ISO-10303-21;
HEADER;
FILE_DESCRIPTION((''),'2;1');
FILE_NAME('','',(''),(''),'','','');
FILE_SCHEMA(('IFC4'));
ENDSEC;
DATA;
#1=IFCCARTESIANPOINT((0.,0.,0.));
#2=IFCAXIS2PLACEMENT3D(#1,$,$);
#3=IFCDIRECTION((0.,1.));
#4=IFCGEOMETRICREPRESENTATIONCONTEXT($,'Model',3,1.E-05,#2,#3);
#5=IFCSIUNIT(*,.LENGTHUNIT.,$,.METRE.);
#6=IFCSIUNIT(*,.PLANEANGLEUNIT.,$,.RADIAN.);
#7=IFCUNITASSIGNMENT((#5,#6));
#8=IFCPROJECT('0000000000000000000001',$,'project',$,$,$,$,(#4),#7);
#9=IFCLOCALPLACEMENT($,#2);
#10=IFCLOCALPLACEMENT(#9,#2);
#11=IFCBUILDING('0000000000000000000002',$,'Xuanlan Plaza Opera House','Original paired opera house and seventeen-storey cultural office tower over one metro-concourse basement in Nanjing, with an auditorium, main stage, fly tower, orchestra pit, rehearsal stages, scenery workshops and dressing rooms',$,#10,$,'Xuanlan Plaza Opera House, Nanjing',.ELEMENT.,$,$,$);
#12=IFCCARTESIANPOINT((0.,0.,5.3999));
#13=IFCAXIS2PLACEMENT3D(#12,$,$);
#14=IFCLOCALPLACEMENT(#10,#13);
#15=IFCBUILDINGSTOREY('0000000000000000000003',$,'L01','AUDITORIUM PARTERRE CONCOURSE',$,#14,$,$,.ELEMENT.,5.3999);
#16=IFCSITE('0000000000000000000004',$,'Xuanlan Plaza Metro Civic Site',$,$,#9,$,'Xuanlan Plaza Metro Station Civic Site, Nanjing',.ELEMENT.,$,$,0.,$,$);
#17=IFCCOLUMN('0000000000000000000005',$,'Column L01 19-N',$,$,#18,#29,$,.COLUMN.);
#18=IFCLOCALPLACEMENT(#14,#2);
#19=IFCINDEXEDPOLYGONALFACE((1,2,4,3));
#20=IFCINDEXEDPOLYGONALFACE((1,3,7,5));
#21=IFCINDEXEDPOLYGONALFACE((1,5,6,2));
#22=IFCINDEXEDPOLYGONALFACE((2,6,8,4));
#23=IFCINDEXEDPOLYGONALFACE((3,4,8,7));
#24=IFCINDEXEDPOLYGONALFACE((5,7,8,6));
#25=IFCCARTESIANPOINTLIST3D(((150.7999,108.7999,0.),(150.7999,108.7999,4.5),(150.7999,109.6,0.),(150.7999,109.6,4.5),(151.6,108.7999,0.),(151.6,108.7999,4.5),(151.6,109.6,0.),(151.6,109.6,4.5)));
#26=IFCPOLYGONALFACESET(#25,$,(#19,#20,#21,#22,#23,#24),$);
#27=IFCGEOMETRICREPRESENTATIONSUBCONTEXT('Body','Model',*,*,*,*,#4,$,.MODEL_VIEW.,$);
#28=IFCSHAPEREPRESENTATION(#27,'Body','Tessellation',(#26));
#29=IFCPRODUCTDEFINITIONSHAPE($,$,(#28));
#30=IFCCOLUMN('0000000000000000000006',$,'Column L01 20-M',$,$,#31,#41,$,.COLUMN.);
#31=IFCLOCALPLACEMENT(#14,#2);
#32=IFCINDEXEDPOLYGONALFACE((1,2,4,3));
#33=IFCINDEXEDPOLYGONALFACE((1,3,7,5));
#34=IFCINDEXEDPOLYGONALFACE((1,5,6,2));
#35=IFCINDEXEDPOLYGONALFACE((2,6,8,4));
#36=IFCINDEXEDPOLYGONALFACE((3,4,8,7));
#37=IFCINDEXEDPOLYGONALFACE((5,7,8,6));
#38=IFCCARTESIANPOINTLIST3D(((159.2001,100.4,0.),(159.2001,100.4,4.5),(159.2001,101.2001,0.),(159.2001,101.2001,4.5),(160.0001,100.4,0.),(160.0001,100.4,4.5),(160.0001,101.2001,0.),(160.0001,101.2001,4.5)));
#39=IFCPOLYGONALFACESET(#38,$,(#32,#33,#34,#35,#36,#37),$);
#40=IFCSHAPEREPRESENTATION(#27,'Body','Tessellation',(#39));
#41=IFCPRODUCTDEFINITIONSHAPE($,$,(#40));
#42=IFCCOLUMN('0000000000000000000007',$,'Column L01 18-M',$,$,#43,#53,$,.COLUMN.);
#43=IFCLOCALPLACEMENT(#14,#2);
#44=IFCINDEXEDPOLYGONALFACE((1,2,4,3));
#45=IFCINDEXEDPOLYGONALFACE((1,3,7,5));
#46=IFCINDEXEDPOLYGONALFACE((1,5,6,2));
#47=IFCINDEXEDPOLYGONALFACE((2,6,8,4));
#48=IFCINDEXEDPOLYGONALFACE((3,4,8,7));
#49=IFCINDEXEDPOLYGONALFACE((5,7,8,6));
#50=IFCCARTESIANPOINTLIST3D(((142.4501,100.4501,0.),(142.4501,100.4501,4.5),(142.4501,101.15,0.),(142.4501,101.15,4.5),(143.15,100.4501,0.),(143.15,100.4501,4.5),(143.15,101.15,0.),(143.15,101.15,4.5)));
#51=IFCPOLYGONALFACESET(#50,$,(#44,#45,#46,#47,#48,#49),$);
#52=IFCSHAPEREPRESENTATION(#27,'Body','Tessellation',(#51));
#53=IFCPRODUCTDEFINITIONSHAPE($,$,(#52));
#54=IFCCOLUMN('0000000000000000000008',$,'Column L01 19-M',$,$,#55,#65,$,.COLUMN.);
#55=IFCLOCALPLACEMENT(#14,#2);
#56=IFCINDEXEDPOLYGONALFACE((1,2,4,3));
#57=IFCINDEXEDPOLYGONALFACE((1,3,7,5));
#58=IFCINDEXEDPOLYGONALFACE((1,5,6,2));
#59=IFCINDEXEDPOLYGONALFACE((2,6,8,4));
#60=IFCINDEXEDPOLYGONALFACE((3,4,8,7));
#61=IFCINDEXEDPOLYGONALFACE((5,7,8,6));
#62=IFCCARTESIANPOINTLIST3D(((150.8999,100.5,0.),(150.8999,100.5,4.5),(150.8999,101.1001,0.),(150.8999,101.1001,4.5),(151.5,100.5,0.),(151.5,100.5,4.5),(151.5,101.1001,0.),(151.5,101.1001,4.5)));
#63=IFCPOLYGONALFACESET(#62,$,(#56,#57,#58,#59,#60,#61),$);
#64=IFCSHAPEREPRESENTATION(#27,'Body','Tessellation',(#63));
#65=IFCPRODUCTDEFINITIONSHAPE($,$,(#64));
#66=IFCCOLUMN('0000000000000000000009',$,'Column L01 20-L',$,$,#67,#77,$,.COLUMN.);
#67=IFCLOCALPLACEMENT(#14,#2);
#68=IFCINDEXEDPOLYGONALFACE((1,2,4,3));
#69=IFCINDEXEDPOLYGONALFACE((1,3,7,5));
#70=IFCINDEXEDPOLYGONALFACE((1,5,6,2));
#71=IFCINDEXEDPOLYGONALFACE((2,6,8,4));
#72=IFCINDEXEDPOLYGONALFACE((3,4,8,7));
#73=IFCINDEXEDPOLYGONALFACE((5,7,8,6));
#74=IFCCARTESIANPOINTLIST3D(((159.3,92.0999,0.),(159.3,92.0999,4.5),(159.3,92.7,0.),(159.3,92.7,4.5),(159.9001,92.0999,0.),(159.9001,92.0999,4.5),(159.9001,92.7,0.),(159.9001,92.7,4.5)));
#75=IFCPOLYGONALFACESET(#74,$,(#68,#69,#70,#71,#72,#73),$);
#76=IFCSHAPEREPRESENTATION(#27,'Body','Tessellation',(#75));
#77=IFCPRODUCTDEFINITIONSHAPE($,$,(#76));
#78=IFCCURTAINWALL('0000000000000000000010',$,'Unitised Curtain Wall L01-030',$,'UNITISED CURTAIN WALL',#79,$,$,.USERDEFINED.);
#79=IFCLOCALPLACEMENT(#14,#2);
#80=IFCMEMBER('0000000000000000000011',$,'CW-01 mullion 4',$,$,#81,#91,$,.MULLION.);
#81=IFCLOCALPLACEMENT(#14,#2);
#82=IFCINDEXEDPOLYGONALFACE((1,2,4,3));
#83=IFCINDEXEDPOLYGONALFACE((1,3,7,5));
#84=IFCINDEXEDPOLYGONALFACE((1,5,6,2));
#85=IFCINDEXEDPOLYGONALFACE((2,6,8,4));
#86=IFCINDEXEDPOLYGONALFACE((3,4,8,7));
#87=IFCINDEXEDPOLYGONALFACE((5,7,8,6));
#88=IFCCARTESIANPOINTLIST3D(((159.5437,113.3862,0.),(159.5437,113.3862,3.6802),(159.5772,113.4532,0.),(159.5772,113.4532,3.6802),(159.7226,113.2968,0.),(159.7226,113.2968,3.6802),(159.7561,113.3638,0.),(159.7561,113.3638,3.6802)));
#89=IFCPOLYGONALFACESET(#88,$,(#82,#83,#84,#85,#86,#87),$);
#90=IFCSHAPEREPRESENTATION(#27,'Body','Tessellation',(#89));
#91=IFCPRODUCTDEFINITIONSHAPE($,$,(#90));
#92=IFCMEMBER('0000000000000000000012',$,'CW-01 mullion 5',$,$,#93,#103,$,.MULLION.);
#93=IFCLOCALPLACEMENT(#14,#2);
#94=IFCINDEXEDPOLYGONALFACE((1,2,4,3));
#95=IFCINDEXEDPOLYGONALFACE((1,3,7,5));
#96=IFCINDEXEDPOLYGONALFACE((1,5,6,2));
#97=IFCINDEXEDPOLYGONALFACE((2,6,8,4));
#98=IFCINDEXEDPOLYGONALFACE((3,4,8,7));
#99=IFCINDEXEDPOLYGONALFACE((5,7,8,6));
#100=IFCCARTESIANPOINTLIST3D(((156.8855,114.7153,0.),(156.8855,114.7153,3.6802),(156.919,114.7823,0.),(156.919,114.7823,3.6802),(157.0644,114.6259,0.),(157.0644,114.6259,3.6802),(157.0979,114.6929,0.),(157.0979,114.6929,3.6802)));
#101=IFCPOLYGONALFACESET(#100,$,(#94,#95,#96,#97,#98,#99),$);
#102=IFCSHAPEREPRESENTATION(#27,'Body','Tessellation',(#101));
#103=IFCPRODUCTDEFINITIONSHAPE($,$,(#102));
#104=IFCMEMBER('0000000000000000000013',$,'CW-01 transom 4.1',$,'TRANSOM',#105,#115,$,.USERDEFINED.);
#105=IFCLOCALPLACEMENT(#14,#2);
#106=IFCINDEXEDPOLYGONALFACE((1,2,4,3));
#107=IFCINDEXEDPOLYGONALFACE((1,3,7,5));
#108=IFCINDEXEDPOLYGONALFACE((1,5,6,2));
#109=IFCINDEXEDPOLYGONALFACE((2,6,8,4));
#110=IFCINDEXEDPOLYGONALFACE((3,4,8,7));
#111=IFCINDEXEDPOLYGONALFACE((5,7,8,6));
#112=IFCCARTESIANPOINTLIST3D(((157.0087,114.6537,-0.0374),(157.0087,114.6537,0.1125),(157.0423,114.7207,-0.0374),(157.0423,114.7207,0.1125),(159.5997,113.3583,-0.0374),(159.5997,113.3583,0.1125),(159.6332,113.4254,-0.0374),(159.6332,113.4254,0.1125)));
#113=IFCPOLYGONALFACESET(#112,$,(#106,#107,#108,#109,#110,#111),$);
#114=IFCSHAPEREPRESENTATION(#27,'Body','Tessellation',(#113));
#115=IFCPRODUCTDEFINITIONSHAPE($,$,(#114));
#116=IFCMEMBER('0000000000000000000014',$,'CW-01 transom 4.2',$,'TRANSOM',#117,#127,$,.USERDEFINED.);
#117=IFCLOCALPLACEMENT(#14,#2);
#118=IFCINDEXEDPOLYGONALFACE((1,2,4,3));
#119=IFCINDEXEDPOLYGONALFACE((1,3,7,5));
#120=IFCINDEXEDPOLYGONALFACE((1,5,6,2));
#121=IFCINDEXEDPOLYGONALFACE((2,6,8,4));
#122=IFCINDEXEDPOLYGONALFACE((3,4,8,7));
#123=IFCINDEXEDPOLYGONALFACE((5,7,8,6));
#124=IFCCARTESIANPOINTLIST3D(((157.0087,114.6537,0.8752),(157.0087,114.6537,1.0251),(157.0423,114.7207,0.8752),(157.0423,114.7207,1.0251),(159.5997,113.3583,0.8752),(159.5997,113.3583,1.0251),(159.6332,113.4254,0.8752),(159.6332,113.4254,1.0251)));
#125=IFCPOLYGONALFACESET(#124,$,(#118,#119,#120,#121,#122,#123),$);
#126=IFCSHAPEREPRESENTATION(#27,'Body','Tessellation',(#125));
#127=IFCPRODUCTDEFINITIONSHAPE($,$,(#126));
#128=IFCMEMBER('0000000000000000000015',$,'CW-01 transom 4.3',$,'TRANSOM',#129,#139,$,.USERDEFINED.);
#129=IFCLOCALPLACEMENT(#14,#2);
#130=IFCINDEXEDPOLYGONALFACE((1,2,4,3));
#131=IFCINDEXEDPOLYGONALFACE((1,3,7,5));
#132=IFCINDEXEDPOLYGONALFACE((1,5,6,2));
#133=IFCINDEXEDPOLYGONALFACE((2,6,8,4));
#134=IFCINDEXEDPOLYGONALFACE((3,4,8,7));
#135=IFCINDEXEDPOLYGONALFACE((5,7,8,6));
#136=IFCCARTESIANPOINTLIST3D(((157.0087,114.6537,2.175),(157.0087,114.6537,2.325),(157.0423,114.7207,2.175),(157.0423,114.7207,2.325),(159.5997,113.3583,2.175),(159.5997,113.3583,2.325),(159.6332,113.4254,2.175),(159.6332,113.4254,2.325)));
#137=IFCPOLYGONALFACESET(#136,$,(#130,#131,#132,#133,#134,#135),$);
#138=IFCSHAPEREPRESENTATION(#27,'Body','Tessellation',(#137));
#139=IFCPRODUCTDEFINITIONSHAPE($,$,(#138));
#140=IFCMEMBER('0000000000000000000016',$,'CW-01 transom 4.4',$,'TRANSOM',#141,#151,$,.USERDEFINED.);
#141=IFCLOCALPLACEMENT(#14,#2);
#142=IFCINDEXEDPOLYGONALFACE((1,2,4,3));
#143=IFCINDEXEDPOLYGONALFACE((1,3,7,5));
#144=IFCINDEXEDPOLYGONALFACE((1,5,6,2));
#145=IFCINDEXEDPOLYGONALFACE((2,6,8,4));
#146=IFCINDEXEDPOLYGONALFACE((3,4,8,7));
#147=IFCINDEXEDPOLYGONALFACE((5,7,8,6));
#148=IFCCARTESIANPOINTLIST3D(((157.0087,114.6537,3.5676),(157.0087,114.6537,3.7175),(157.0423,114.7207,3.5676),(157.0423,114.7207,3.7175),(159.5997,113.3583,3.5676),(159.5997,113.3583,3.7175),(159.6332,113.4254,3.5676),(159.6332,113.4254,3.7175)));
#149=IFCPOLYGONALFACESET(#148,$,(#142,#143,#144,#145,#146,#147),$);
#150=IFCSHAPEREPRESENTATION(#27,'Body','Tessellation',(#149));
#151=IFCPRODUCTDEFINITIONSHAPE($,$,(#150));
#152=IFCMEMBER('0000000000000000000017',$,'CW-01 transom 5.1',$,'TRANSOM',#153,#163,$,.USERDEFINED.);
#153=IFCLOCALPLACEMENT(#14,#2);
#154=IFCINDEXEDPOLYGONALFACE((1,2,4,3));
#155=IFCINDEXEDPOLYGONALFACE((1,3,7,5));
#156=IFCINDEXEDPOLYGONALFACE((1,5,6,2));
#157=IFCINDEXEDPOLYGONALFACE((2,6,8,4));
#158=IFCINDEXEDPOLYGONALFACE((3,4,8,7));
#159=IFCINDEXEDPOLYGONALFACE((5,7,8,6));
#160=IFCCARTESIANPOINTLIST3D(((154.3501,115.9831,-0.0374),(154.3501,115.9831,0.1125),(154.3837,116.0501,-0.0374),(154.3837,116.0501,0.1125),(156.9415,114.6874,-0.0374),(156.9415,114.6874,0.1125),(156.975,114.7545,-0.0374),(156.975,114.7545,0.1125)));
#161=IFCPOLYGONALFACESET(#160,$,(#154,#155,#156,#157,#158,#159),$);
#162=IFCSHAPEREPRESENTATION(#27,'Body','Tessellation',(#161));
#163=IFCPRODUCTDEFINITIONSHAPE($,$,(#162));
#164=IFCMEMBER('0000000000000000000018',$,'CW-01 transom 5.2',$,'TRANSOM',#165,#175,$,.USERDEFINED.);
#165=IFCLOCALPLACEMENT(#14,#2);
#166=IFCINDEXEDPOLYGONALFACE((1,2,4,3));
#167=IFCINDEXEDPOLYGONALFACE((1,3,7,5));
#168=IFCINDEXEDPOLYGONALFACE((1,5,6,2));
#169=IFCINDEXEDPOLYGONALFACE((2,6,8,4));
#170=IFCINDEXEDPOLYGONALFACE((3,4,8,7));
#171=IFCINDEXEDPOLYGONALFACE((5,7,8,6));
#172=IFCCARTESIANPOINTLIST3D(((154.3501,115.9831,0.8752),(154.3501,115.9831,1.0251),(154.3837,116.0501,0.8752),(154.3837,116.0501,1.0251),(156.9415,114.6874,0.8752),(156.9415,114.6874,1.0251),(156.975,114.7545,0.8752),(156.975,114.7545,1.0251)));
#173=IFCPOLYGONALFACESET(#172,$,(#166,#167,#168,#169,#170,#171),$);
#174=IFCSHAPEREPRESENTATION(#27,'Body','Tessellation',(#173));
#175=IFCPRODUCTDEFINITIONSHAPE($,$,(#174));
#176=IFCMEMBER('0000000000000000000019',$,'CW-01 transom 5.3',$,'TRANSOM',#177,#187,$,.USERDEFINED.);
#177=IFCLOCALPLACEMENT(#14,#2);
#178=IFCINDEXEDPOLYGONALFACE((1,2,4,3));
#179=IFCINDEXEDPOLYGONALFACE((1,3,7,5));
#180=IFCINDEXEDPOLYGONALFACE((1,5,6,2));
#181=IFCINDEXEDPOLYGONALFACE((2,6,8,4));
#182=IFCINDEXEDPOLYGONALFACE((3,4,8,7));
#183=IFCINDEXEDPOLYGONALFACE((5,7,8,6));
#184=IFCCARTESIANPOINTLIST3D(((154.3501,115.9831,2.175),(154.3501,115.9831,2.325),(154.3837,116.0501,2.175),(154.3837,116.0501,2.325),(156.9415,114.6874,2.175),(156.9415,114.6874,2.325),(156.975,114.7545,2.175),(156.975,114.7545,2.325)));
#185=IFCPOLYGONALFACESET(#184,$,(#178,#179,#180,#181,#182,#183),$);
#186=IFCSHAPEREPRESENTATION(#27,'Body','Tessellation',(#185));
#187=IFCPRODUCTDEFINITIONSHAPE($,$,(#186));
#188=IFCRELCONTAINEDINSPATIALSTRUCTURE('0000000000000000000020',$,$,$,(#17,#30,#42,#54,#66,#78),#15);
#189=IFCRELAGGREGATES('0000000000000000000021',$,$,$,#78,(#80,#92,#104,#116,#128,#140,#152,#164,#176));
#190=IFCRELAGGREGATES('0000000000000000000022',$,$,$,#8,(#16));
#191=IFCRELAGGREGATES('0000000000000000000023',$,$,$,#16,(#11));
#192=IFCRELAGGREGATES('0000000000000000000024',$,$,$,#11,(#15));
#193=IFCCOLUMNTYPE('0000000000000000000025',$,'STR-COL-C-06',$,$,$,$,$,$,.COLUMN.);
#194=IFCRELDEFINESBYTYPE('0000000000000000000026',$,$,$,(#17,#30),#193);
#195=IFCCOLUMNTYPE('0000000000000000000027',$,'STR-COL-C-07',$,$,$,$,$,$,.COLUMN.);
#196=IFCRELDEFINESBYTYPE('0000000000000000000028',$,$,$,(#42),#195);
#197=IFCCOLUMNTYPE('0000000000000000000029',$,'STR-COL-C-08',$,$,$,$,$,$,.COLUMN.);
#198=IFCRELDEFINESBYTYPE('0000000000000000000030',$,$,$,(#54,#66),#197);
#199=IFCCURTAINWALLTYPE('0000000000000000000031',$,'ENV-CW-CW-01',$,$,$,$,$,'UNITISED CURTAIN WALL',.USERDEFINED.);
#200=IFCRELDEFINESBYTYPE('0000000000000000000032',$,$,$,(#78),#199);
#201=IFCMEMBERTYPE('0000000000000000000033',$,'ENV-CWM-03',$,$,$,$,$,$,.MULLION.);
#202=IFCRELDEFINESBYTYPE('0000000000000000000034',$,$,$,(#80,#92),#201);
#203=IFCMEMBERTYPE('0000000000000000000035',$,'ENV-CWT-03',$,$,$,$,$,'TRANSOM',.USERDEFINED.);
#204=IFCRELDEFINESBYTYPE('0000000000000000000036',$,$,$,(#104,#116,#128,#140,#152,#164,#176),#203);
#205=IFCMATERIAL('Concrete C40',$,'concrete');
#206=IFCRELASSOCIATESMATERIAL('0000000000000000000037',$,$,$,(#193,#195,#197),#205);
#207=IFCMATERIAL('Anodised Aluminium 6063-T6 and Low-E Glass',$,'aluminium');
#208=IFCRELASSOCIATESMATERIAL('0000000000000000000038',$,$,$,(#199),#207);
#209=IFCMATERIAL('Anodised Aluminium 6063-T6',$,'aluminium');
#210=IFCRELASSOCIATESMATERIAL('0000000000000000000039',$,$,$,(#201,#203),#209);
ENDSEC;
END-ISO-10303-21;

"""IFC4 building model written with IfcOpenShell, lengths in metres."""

from ifc_helpers import new_model, si_unit, direction, frame, origin, origin_2d, place, context, subcontext, project, spatial, rectangle, extrude, material, material_profile, profile_set, type_object, element, aggregate, save


model = new_model("IFC4")

# Units and contexts
model_context = context("Model", 3, precision=1e-05, world=origin(), true_north=direction((0.0, 1.0)))
body_context = subcontext(model_context, "Body", "Model", "MODEL_VIEW")
ifc_project = project(units=[si_unit("LENGTHUNIT", "METRE"), si_unit("PLANEANGLEUNIT", "RADIAN")], contexts=[model_context])

# Site, building, storey
site_placement = place(None, origin())
site = spatial("IfcSite", under=ifc_project, at=site_placement, Name="Xuanlan Plaza Metro Civic Site", LongName="Xuanlan Plaza Metro Station Civic Site, Nanjing", CompositionType="ELEMENT", RefElevation=0.0)
building_placement = place(site_placement, origin())
building = spatial("IfcBuilding", under=site, at=building_placement, Name="Xuanlan Plaza Opera House", Description="Original paired opera house and seventeen-storey cultural office tower over one metro-concourse basement in Nanjing, with an auditorium, main stage, fly tower, orchestra pit, rehearsal stages, scenery workshops and dressing rooms", LongName="Xuanlan Plaza Opera House, Nanjing", CompositionType="ELEMENT")
storey_placement = place(building_placement, frame((0.0, 0.0, 5.3999)))
storey = spatial("IfcBuildingStorey", under=building, at=storey_placement, Name="L01", Description="AUDITORIUM PARTERRE CONCOURSE", CompositionType="ELEMENT", Elevation=5.3999)

# Columns
ifc_material_1 = material(Name="Concrete C40", Category="concrete")
ifc_material_profile_1 = material_profile(ifc_material_1, rectangle(XDim=0.8, YDim=0.8, at=origin_2d()), Name="RC-COL 800x800")
ifc_profile_set_1 = profile_set([ifc_material_profile_1], Name="Concrete C40")
column_type_1 = type_object("IfcColumnType", Name="STR-COL-C-06", PredefinedType="COLUMN", material=ifc_profile_set_1)
for number, where, z_axis, x_axis, name in (
    (1, (151.2, 109.2, 0.0), (0.0, 0.0, 1.0), (1.0, 0.0, 0.0), "Column L01 19-N"),
    (2, (159.6001, 100.8, 0.0), (0.0, 0.0, 1.0), (1.0, 0.0, 0.0), "Column L01 20-M"),
):
    element("IfcColumn", number, at=place(storey_placement, frame(where, z_axis=z_axis, x_axis=x_axis)), inside=storey, type_object=column_type_1, Name=name, PredefinedType="COLUMN", context=body_context, shape_type="SweptSolid", body=[
        extrude(rectangle(XDim=0.8, YDim=0.8, at=origin_2d()), origin(), (0.0, 0.0, 1.0), 4.5),
    ])
ifc_material_profile_2 = material_profile(ifc_material_1, rectangle(XDim=0.7, YDim=0.7, at=origin_2d()), Name="RC-COL 700x700")
ifc_profile_set_2 = profile_set([ifc_material_profile_2], Name="Concrete C40")
column_type_2 = type_object("IfcColumnType", Name="STR-COL-C-07", PredefinedType="COLUMN", material=ifc_profile_set_2)
column_placement = place(storey_placement, frame((142.8, 100.8, 0.0), z_axis=(0.0, 0.0, 1.0), x_axis=(1.0, 0.0, 0.0)))
element("IfcColumn", 3, at=column_placement, inside=storey, type_object=column_type_2, Name="Column L01 18-M", PredefinedType="COLUMN", context=body_context, shape_type="SweptSolid", body=[
    extrude(rectangle(XDim=0.7, YDim=0.7, at=origin_2d()), origin(), (0.0, 0.0, 1.0), 4.5),
])
ifc_material_profile_3 = material_profile(ifc_material_1, rectangle(XDim=0.6001, YDim=0.6001, at=origin_2d()), Name="RC-COL 600x600")
ifc_profile_set_3 = profile_set([ifc_material_profile_3], Name="Concrete C40")
column_type_3 = type_object("IfcColumnType", Name="STR-COL-C-08", PredefinedType="COLUMN", material=ifc_profile_set_3)
for number, where, z_axis, x_axis, name in (
    (4, (151.2, 100.8, 0.0), (0.0, 0.0, 1.0), (1.0, 0.0, 0.0), "Column L01 19-M"),
    (5, (159.6001, 92.3999, 0.0), (0.0, 0.0, 1.0), (1.0, 0.0, 0.0), "Column L01 20-L"),
):
    element("IfcColumn", number, at=place(storey_placement, frame(where, z_axis=z_axis, x_axis=x_axis)), inside=storey, type_object=column_type_3, Name=name, PredefinedType="COLUMN", context=body_context, shape_type="SweptSolid", body=[
        extrude(rectangle(XDim=0.6001, YDim=0.6001, at=origin_2d()), origin(), (0.0, 0.0, 1.0), 4.5),
    ])

# Curtain wall, members
ifc_material_2 = material(Name="Anodised Aluminium 6063-T6 and Low-E Glass", Category="aluminium")
curtain_wall_type = type_object("IfcCurtainWallType", Name="ENV-CW-CW-01", ElementType="UNITISED CURTAIN WALL", PredefinedType="USERDEFINED", material=ifc_material_2)
curtain_wall_placement = place(storey_placement, origin())
curtain_wall = element("IfcCurtainWall", 6, at=curtain_wall_placement, inside=storey, type_object=curtain_wall_type, Name="Unitised Curtain Wall L01-030", ObjectType="UNITISED CURTAIN WALL", PredefinedType="USERDEFINED")
ifc_material_3 = material(Name="Anodised Aluminium 6063-T6", Category="aluminium")
ifc_material_profile_4 = material_profile(ifc_material_3, rectangle(XDim=0.075, YDim=0.2, at=origin_2d()), Name="ALU-M 75x200")
ifc_profile_set_4 = profile_set([ifc_material_profile_4], Name="Anodised Aluminium 6063-T6")
member_type_1 = type_object("IfcMemberType", Name="ENV-CWM-03", PredefinedType="MULLION", material=ifc_profile_set_4)
member_1_placement = place(storey_placement, frame((159.6499, 113.375, 0.0), z_axis=(0.0, 0.0, 1.0), x_axis=(-0.447214, -0.894427, 0.0)))
member_1 = element("IfcMember", 7, at=member_1_placement, type_object=member_type_1, Name="CW-01 mullion 4", PredefinedType="MULLION", context=body_context, shape_type="SweptSolid", body=[
    extrude(rectangle(XDim=0.075, YDim=0.2, at=origin_2d()), origin(), (0.0, 0.0, 1.0), 3.6802),
])
member_2_placement = place(storey_placement, frame((156.9917, 114.7041, 0.0), z_axis=(0.0, 0.0, 1.0), x_axis=(-0.447214, -0.894427, 0.0)))
member_2 = element("IfcMember", 8, at=member_2_placement, type_object=member_type_1, Name="CW-01 mullion 5", PredefinedType="MULLION", context=body_context, shape_type="SweptSolid", body=[
    extrude(rectangle(XDim=0.075, YDim=0.2, at=origin_2d()), origin(), (0.0, 0.0, 1.0), 3.6802),
])
ifc_material_profile_5 = material_profile(ifc_material_3, rectangle(XDim=0.075, YDim=0.1499, at=origin_2d()), Name="ALU-T 75x150")
ifc_profile_set_5 = profile_set([ifc_material_profile_5], Name="Anodised Aluminium 6063-T6")
member_type_2 = type_object("IfcMemberType", Name="ENV-CWT-03", ElementType="TRANSOM", PredefinedType="USERDEFINED", material=ifc_profile_set_5)
member_3_placement = place(storey_placement, frame((159.6165, 113.3918, 0.0376), z_axis=(-0.894444, 0.44718, 0.0), x_axis=(-0.44718, -0.894444, 0.0)))
member_3 = element("IfcMember", 9, at=member_3_placement, type_object=member_type_2, Name="CW-01 transom 4.1", ObjectType="TRANSOM", PredefinedType="USERDEFINED", context=body_context, shape_type="SweptSolid", body=[
    extrude(rectangle(XDim=0.075, YDim=0.1499, at=origin_2d()), origin(), (0.0, 0.0, 1.0), 2.8967),
])
member_4_placement = place(storey_placement, frame((159.6165, 113.3918, 0.9502), z_axis=(-0.894444, 0.44718, 0.0), x_axis=(-0.44718, -0.894444, 0.0)))
member_4 = element("IfcMember", 10, at=member_4_placement, type_object=member_type_2, Name="CW-01 transom 4.2", ObjectType="TRANSOM", PredefinedType="USERDEFINED", context=body_context, shape_type="SweptSolid", body=[
    extrude(rectangle(XDim=0.075, YDim=0.1499, at=origin_2d()), origin(), (0.0, 0.0, 1.0), 2.8967),
])
member_5_placement = place(storey_placement, frame((159.6165, 113.3918, 2.25), z_axis=(-0.894444, 0.44718, 0.0), x_axis=(-0.44718, -0.894444, 0.0)))
member_5 = element("IfcMember", 11, at=member_5_placement, type_object=member_type_2, Name="CW-01 transom 4.3", ObjectType="TRANSOM", PredefinedType="USERDEFINED", context=body_context, shape_type="SweptSolid", body=[
    extrude(rectangle(XDim=0.075, YDim=0.1499, at=origin_2d()), origin(), (0.0, 0.0, 1.0), 2.8967),
])
member_6_placement = place(storey_placement, frame((159.6165, 113.3918, 3.6426), z_axis=(-0.894444, 0.44718, 0.0), x_axis=(-0.44718, -0.894444, 0.0)))
member_6 = element("IfcMember", 12, at=member_6_placement, type_object=member_type_2, Name="CW-01 transom 4.4", ObjectType="TRANSOM", PredefinedType="USERDEFINED", context=body_context, shape_type="SweptSolid", body=[
    extrude(rectangle(XDim=0.075, YDim=0.1499, at=origin_2d()), origin(), (0.0, 0.0, 1.0), 2.8967),
])
member_7_placement = place(storey_placement, frame((156.9583, 114.7209, 0.0376), z_axis=(-0.894427, 0.447214, 0.0), x_axis=(-0.447214, -0.894427, 0.0)))
member_7 = element("IfcMember", 13, at=member_7_placement, type_object=member_type_2, Name="CW-01 transom 5.1", ObjectType="TRANSOM", PredefinedType="USERDEFINED", context=body_context, shape_type="SweptSolid", body=[
    extrude(rectangle(XDim=0.075, YDim=0.1499, at=origin_2d()), origin(), (0.0, 0.0, 1.0), 2.8972),
])
member_8_placement = place(storey_placement, frame((156.9583, 114.7209, 0.9502), z_axis=(-0.894427, 0.447214, 0.0), x_axis=(-0.447214, -0.894427, 0.0)))
member_8 = element("IfcMember", 14, at=member_8_placement, type_object=member_type_2, Name="CW-01 transom 5.2", ObjectType="TRANSOM", PredefinedType="USERDEFINED", context=body_context, shape_type="SweptSolid", body=[
    extrude(rectangle(XDim=0.075, YDim=0.1499, at=origin_2d()), origin(), (0.0, 0.0, 1.0), 2.8972),
])
member_9_placement = place(storey_placement, frame((156.9583, 114.7209, 2.25), z_axis=(-0.894427, 0.447214, 0.0), x_axis=(-0.447214, -0.894427, 0.0)))
member_9 = element("IfcMember", 15, at=member_9_placement, type_object=member_type_2, Name="CW-01 transom 5.3", ObjectType="TRANSOM", PredefinedType="USERDEFINED", context=body_context, shape_type="SweptSolid", body=[
    extrude(rectangle(XDim=0.075, YDim=0.1499, at=origin_2d()), origin(), (0.0, 0.0, 1.0), 2.8972),
])

aggregate(curtain_wall, [member_1, member_2, member_3, member_4, member_5, member_6, member_7, member_8, member_9])

save(model, "model.ifc")
